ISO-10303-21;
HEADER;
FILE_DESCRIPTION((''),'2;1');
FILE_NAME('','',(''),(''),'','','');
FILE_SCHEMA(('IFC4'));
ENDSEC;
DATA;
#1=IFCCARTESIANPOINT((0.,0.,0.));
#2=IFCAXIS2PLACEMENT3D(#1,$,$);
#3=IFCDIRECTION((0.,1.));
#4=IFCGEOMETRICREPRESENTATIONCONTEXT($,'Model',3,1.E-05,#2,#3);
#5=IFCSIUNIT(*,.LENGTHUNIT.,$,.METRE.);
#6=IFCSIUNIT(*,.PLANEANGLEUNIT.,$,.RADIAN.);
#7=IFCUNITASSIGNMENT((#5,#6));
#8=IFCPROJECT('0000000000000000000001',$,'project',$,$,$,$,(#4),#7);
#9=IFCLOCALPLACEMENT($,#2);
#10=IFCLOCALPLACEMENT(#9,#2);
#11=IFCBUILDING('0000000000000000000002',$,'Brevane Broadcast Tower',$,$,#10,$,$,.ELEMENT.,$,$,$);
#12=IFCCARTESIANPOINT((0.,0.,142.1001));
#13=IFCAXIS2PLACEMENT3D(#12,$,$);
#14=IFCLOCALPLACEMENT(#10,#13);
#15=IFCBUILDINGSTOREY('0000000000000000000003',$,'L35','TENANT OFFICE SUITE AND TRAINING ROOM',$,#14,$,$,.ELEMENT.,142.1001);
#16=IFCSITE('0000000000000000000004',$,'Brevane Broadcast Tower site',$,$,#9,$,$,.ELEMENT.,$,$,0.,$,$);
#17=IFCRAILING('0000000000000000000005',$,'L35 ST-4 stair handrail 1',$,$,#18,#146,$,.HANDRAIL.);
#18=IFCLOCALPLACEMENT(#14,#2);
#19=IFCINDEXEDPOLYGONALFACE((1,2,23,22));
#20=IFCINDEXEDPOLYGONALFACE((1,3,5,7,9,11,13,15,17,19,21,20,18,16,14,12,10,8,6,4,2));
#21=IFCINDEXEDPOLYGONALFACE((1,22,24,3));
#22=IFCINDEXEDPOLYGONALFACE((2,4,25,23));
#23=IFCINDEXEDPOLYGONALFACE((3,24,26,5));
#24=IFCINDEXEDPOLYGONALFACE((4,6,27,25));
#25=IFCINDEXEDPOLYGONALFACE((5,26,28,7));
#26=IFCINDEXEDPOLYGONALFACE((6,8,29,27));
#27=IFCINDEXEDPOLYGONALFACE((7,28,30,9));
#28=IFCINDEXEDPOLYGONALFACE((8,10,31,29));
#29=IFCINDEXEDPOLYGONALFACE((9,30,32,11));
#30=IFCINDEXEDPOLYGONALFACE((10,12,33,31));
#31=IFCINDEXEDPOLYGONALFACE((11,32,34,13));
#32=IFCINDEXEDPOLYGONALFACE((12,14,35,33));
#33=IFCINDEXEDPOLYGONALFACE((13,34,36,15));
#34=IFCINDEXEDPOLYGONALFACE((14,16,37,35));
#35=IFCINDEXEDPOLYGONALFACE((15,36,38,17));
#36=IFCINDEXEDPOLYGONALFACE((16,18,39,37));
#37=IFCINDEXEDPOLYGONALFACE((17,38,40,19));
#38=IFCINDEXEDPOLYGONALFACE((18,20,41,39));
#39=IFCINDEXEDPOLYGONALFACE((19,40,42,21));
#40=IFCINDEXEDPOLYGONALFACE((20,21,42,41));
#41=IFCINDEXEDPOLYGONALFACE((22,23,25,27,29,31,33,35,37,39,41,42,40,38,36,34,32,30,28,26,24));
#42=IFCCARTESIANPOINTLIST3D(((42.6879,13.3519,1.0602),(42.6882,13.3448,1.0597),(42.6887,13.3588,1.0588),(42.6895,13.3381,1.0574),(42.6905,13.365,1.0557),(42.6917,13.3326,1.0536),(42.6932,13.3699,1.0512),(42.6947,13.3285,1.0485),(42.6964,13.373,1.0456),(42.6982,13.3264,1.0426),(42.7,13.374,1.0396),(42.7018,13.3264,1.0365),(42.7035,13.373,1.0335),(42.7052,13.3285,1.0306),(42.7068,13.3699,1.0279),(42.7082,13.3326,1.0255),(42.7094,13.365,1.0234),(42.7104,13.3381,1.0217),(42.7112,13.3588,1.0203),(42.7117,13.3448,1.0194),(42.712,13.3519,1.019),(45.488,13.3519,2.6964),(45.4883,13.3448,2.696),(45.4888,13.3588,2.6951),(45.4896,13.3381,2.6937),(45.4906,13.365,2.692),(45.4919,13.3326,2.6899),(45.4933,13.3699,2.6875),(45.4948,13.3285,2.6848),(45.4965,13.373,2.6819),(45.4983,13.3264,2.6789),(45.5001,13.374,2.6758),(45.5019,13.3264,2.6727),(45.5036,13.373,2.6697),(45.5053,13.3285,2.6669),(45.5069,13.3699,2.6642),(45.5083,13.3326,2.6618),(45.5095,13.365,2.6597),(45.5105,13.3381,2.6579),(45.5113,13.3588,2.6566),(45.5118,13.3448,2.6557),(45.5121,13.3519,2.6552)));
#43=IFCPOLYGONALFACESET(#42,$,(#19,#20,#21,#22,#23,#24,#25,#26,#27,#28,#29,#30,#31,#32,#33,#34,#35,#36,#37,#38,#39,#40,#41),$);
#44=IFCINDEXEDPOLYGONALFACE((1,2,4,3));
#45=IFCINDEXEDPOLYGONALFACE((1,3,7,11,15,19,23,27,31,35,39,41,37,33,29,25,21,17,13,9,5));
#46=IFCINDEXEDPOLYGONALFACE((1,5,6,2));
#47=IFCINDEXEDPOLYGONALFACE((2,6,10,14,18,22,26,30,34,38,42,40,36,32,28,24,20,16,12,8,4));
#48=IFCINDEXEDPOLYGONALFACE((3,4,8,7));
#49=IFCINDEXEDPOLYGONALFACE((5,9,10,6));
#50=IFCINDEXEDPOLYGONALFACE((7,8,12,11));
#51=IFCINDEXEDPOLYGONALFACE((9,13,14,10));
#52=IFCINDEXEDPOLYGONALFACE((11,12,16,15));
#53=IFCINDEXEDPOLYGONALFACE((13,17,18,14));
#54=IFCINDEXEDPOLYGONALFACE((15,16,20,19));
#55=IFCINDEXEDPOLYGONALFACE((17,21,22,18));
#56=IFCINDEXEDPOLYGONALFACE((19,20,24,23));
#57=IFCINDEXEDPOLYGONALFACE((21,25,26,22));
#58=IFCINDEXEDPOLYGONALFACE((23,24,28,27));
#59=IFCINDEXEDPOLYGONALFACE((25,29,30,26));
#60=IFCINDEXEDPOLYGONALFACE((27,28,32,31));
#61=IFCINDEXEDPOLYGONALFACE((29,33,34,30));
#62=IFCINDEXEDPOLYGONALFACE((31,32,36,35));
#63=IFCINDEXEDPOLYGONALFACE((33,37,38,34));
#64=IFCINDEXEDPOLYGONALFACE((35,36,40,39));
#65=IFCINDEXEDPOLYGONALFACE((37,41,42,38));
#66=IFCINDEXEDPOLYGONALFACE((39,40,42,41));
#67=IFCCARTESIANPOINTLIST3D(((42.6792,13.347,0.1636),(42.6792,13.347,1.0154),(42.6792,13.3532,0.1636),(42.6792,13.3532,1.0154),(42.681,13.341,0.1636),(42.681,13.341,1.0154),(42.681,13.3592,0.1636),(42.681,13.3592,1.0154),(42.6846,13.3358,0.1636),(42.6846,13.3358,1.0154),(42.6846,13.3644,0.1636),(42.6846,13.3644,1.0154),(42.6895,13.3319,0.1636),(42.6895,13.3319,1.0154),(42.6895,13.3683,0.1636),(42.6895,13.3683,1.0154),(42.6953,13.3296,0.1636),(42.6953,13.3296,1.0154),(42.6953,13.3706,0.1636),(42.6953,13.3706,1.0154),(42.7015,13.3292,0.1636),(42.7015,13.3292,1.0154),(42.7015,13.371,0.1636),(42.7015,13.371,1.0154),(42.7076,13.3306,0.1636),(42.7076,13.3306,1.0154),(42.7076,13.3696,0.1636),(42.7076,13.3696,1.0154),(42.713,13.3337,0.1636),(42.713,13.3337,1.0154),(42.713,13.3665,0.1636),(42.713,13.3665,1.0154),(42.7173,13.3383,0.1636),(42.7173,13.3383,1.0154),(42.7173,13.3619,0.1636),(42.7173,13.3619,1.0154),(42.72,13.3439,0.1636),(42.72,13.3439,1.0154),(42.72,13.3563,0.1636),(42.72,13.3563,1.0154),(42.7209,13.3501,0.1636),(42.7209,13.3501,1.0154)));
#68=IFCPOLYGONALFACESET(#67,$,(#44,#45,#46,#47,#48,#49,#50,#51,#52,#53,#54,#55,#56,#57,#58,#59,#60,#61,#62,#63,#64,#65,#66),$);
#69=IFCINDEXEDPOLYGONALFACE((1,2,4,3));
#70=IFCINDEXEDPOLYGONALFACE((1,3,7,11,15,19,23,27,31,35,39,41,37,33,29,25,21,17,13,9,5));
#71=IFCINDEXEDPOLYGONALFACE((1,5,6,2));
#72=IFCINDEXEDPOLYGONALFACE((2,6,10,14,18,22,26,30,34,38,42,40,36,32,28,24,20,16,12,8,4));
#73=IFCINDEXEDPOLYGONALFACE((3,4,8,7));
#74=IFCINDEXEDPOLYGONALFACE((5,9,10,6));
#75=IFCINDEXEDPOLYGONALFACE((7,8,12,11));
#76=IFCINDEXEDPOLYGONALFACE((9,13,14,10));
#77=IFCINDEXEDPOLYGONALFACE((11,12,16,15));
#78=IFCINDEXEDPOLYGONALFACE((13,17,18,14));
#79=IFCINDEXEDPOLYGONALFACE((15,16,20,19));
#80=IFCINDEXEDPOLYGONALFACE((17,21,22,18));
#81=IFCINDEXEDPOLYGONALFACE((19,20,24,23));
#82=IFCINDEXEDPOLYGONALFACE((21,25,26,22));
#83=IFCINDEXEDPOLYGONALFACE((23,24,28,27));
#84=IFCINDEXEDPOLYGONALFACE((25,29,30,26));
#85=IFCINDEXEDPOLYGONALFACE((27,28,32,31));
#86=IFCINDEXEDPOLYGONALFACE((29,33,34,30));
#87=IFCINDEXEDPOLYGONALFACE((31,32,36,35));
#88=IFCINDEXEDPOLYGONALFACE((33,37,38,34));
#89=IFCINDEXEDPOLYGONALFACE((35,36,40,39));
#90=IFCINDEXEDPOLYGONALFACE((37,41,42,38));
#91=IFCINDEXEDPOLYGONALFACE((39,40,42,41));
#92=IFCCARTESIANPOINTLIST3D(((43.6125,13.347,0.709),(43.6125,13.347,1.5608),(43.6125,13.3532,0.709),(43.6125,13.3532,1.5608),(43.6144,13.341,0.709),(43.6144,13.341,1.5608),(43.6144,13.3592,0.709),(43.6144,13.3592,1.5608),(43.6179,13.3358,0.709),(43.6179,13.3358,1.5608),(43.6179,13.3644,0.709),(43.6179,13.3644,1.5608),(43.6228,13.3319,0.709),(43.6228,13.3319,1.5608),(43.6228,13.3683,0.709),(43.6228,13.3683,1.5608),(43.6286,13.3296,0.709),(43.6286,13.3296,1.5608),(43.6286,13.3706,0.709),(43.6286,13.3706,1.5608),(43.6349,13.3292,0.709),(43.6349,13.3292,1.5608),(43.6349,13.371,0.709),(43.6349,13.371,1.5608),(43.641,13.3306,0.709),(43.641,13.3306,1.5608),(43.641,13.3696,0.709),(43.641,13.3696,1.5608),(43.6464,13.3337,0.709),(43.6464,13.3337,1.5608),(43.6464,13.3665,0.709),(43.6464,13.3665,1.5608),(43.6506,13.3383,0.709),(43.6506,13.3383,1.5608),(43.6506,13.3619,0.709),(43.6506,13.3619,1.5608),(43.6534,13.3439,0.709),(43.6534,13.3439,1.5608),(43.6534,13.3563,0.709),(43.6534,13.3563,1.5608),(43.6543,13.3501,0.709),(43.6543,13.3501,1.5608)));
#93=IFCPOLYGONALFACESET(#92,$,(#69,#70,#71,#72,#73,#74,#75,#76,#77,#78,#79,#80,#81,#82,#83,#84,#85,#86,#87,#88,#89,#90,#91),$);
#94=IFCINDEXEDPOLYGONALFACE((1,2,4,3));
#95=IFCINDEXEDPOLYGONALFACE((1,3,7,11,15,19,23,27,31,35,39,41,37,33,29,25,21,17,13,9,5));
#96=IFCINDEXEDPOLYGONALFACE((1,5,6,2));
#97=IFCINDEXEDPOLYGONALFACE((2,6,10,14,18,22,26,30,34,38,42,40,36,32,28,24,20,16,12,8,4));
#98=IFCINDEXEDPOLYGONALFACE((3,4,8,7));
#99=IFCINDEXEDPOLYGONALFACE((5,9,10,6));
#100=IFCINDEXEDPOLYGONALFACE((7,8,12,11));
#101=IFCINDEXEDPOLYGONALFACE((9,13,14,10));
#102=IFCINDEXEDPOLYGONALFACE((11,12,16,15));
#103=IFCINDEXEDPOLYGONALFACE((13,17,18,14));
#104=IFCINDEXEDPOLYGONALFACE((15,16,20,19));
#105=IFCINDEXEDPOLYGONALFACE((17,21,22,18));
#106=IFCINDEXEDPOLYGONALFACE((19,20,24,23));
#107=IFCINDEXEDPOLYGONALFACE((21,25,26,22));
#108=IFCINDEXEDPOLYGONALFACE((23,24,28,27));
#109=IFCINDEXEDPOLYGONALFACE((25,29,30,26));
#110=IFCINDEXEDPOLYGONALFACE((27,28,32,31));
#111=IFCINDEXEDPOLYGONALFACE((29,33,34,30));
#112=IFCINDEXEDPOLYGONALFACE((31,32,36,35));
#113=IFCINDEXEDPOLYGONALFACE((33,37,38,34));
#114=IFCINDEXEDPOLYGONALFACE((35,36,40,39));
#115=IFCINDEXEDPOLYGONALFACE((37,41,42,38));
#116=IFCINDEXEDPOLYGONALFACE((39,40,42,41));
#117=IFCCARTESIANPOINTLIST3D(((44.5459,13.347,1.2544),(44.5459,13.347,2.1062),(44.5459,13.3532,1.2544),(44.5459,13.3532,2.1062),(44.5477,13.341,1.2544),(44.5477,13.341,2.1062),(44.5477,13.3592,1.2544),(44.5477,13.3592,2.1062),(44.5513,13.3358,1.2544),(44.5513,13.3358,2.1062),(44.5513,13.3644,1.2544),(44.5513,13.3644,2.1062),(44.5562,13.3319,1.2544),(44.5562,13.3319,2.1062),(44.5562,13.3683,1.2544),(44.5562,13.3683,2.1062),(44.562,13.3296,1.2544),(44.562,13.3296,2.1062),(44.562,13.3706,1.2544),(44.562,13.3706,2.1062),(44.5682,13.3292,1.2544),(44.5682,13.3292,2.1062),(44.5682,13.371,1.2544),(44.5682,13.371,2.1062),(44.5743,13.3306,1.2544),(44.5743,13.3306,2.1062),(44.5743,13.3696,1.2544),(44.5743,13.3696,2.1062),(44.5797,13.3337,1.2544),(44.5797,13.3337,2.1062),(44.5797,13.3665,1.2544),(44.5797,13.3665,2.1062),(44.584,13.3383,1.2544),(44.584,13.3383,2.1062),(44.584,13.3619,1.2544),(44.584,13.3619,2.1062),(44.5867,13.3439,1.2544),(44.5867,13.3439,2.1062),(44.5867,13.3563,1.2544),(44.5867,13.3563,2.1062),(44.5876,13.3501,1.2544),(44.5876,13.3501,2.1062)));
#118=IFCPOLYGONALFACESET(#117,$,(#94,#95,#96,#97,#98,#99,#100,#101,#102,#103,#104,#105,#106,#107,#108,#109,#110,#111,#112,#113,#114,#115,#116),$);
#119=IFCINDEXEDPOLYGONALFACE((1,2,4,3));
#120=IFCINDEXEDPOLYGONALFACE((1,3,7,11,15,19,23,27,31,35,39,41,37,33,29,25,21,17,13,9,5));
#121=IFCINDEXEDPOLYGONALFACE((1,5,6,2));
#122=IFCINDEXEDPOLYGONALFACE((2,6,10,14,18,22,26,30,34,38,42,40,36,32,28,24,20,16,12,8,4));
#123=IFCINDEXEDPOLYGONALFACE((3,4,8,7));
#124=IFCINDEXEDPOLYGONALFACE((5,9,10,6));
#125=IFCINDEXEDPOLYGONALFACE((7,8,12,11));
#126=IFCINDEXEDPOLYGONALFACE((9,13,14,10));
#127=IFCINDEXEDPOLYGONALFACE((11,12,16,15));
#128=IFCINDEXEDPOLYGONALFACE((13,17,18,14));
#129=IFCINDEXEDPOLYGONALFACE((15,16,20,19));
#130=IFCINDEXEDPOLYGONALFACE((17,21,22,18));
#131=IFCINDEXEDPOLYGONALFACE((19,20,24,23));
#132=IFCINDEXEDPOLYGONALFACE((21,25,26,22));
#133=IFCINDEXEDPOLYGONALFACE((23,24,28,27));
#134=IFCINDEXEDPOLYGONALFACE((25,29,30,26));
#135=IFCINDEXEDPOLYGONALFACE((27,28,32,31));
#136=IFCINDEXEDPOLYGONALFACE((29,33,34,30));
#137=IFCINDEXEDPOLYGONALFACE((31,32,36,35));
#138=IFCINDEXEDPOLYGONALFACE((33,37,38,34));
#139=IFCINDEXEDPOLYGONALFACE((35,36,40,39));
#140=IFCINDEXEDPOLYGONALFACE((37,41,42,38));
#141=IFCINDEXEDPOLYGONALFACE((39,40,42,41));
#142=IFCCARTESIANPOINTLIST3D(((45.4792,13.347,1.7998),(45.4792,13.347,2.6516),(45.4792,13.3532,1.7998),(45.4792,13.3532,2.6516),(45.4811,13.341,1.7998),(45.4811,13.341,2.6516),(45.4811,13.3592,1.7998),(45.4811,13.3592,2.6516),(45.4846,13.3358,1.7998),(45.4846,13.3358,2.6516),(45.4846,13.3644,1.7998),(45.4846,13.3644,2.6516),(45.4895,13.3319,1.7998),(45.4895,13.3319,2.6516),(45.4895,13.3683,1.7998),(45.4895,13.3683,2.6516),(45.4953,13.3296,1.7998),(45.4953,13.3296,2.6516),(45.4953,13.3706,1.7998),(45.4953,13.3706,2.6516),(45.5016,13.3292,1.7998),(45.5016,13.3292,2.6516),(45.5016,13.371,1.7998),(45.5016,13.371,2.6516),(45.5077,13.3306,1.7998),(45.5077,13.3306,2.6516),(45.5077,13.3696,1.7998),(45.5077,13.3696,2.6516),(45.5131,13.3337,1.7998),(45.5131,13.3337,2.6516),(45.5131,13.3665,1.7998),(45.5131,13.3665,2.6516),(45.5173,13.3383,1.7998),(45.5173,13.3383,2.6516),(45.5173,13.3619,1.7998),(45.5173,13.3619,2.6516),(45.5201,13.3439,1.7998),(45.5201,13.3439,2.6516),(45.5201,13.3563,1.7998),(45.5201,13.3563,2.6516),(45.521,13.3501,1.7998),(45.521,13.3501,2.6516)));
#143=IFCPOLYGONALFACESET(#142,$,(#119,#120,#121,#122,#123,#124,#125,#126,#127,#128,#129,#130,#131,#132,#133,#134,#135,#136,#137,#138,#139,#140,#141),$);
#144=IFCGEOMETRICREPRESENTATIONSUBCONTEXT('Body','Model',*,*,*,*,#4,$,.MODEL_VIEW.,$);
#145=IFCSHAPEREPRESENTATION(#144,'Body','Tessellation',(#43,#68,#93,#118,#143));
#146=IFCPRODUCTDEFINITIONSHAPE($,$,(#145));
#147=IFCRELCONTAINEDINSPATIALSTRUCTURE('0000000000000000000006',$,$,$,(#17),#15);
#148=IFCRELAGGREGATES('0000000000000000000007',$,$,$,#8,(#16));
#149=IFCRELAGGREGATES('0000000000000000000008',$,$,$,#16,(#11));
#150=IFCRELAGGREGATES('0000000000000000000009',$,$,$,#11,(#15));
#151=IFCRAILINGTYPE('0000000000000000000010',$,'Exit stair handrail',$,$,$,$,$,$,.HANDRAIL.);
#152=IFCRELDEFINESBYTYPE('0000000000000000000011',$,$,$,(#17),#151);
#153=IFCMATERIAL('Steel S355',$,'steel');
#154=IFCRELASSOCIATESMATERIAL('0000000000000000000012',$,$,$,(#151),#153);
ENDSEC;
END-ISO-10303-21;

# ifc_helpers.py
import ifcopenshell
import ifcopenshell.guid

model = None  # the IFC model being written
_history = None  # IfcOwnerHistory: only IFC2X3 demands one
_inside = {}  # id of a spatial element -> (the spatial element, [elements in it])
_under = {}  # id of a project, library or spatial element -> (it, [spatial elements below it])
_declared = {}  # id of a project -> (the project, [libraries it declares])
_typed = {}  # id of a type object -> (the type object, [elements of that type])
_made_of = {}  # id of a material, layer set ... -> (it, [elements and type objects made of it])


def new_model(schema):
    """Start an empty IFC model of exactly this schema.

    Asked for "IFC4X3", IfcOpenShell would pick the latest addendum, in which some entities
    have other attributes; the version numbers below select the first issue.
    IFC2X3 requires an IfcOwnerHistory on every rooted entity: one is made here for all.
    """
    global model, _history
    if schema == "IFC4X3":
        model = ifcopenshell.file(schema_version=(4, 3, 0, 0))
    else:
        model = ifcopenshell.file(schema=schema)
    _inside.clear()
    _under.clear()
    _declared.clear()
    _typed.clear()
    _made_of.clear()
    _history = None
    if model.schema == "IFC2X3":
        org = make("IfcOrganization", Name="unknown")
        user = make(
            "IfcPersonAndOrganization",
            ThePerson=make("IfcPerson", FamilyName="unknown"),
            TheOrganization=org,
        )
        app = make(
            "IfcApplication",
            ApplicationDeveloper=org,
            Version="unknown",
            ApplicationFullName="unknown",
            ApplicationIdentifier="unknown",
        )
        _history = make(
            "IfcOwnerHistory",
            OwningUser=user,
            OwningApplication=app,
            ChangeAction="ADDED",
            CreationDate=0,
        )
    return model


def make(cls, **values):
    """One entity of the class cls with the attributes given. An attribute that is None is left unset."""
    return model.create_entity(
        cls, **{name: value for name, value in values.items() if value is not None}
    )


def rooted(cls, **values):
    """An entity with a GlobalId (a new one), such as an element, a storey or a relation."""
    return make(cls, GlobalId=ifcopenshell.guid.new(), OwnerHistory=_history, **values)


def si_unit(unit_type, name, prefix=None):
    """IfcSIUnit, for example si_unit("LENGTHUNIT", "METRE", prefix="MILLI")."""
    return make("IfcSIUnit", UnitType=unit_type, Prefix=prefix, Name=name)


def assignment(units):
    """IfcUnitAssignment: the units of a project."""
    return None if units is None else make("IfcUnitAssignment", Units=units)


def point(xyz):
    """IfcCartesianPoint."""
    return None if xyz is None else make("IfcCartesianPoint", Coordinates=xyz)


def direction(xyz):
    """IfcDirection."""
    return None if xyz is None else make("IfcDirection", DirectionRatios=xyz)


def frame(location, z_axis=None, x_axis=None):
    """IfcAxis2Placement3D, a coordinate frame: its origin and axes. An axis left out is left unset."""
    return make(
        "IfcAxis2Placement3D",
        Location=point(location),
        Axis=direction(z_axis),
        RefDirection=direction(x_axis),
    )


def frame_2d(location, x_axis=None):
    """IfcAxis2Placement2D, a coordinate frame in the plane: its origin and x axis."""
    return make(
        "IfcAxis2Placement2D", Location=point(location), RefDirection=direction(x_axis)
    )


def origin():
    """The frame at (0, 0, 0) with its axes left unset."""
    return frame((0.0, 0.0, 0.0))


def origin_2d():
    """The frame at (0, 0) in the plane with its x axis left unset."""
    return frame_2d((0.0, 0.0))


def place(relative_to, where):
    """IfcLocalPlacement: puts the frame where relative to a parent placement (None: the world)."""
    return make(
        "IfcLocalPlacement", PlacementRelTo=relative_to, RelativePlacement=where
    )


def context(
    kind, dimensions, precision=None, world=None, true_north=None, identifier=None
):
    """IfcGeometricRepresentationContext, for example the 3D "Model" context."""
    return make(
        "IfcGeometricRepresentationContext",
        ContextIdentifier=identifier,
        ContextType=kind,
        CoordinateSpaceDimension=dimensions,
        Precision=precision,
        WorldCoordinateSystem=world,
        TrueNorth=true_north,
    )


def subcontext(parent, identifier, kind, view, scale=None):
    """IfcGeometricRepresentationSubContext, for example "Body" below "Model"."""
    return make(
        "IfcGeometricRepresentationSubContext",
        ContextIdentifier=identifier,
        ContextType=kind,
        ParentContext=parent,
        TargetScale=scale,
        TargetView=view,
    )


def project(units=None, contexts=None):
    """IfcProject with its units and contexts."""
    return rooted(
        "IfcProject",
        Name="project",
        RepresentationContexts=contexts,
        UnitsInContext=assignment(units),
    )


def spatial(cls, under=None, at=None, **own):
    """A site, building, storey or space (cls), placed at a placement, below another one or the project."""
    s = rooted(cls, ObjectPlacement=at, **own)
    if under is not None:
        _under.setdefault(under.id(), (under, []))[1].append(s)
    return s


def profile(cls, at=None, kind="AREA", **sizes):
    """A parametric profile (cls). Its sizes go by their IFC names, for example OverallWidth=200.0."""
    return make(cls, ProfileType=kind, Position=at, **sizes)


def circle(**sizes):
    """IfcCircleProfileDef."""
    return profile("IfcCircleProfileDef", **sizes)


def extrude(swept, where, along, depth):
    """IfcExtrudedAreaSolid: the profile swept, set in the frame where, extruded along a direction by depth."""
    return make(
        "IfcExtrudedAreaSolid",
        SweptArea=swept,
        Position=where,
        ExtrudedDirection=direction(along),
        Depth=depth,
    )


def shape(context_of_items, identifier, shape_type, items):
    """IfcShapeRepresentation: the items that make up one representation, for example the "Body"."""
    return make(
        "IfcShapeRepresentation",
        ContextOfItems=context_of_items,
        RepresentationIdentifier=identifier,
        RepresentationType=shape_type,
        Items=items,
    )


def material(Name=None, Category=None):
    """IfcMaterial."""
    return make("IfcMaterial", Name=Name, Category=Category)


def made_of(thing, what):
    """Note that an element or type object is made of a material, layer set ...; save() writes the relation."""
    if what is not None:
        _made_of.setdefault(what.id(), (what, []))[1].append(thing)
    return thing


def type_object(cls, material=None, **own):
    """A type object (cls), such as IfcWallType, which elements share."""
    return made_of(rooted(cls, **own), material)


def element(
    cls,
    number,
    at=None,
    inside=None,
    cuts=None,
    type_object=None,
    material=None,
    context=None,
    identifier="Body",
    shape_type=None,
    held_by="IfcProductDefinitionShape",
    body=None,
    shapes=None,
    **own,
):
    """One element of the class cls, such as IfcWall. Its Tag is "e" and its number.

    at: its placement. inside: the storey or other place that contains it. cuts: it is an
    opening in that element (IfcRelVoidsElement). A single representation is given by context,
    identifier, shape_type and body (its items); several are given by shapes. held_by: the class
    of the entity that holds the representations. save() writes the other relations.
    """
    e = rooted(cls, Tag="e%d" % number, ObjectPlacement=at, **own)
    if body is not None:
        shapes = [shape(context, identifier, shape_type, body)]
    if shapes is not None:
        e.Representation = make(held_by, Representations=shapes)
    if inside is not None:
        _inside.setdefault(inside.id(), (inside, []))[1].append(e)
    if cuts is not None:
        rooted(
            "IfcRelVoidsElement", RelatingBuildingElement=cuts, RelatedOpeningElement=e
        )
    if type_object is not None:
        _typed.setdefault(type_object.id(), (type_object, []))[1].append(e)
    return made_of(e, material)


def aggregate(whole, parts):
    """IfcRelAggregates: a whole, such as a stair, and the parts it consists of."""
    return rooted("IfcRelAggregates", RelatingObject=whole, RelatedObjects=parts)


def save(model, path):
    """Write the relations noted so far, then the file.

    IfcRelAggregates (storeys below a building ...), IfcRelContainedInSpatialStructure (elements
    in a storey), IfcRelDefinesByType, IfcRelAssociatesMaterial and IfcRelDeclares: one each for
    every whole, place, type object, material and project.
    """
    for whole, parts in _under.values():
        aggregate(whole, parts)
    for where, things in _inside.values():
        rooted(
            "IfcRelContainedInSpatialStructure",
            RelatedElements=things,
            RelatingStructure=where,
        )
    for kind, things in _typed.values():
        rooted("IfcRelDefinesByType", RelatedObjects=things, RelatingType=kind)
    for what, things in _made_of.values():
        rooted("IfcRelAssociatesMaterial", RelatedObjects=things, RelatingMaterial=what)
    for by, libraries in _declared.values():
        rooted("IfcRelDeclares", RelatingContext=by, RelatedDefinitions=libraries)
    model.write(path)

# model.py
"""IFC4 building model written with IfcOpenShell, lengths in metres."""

from ifc_helpers import new_model, si_unit, direction, frame, origin, origin_2d, place, context, subcontext, project, spatial, circle, extrude, material, type_object, element, save


model = new_model("IFC4")

# Units and contexts
model_context = context("Model", 3, precision=1e-05, world=origin(), true_north=direction((0.0, 1.0)))
body_context = subcontext(model_context, "Body", "Model", "MODEL_VIEW")
ifc_project = project(units=[si_unit("LENGTHUNIT", "METRE"), si_unit("PLANEANGLEUNIT", "RADIAN")], contexts=[model_context])

# Site, building, storey
site_placement = place(None, origin())
site = spatial("IfcSite", under=ifc_project, at=site_placement, Name="Brevane Broadcast Tower site", CompositionType="ELEMENT", RefElevation=0.0)
building_placement = place(site_placement, origin())
building = spatial("IfcBuilding", under=site, at=building_placement, Name="Brevane Broadcast Tower", CompositionType="ELEMENT")
storey_placement = place(building_placement, frame((0.0, 0.0, 142.1001)))
storey = spatial("IfcBuildingStorey", under=building, at=storey_placement, Name="L35", Description="TENANT OFFICE SUITE AND TRAINING ROOM", CompositionType="ELEMENT", Elevation=142.1001)

# Railing
ifc_material_1 = material(Name="Steel S355", Category="steel")
railing_type_1 = type_object("IfcRailingType", Name="Exit stair handrail", PredefinedType="HANDRAIL", material=ifc_material_1)
railing_1_placement = place(storey_placement, frame((42.7, 13.3501, 0.1636)))
element("IfcRailing", 1, at=railing_1_placement, inside=storey, type_object=railing_type_1, Name="L35 ST-4 stair handrail 1", PredefinedType="HANDRAIL", context=body_context, shape_type="SweptSolid", body=[
    extrude(circle(Radius=0.0239, at=origin_2d()), frame((0.0, 0.0, 0.876), z_axis=(0.863394, 0.0, 0.504531), x_axis=(0.0, 1.0, 0.0)), (0.0, 0.0, 1.0), 3.2432),
    extrude(circle(Radius=0.021, at=origin_2d()), origin(), (0.0, 0.0, 1.0), 0.8518),
    extrude(circle(Radius=0.021, at=origin_2d()), frame((0.9333, 0.0, 0.5454)), (0.0, 0.0, 1.0), 0.8518),
    extrude(circle(Radius=0.021, at=origin_2d()), frame((1.8667, 0.0, 1.0908)), (0.0, 0.0, 1.0), 0.8518),
    extrude(circle(Radius=0.021, at=origin_2d()), frame((2.8, 0.0, 1.6362)), (0.0, 0.0, 1.0), 0.8518),
])

save(model, "model.ifc")
